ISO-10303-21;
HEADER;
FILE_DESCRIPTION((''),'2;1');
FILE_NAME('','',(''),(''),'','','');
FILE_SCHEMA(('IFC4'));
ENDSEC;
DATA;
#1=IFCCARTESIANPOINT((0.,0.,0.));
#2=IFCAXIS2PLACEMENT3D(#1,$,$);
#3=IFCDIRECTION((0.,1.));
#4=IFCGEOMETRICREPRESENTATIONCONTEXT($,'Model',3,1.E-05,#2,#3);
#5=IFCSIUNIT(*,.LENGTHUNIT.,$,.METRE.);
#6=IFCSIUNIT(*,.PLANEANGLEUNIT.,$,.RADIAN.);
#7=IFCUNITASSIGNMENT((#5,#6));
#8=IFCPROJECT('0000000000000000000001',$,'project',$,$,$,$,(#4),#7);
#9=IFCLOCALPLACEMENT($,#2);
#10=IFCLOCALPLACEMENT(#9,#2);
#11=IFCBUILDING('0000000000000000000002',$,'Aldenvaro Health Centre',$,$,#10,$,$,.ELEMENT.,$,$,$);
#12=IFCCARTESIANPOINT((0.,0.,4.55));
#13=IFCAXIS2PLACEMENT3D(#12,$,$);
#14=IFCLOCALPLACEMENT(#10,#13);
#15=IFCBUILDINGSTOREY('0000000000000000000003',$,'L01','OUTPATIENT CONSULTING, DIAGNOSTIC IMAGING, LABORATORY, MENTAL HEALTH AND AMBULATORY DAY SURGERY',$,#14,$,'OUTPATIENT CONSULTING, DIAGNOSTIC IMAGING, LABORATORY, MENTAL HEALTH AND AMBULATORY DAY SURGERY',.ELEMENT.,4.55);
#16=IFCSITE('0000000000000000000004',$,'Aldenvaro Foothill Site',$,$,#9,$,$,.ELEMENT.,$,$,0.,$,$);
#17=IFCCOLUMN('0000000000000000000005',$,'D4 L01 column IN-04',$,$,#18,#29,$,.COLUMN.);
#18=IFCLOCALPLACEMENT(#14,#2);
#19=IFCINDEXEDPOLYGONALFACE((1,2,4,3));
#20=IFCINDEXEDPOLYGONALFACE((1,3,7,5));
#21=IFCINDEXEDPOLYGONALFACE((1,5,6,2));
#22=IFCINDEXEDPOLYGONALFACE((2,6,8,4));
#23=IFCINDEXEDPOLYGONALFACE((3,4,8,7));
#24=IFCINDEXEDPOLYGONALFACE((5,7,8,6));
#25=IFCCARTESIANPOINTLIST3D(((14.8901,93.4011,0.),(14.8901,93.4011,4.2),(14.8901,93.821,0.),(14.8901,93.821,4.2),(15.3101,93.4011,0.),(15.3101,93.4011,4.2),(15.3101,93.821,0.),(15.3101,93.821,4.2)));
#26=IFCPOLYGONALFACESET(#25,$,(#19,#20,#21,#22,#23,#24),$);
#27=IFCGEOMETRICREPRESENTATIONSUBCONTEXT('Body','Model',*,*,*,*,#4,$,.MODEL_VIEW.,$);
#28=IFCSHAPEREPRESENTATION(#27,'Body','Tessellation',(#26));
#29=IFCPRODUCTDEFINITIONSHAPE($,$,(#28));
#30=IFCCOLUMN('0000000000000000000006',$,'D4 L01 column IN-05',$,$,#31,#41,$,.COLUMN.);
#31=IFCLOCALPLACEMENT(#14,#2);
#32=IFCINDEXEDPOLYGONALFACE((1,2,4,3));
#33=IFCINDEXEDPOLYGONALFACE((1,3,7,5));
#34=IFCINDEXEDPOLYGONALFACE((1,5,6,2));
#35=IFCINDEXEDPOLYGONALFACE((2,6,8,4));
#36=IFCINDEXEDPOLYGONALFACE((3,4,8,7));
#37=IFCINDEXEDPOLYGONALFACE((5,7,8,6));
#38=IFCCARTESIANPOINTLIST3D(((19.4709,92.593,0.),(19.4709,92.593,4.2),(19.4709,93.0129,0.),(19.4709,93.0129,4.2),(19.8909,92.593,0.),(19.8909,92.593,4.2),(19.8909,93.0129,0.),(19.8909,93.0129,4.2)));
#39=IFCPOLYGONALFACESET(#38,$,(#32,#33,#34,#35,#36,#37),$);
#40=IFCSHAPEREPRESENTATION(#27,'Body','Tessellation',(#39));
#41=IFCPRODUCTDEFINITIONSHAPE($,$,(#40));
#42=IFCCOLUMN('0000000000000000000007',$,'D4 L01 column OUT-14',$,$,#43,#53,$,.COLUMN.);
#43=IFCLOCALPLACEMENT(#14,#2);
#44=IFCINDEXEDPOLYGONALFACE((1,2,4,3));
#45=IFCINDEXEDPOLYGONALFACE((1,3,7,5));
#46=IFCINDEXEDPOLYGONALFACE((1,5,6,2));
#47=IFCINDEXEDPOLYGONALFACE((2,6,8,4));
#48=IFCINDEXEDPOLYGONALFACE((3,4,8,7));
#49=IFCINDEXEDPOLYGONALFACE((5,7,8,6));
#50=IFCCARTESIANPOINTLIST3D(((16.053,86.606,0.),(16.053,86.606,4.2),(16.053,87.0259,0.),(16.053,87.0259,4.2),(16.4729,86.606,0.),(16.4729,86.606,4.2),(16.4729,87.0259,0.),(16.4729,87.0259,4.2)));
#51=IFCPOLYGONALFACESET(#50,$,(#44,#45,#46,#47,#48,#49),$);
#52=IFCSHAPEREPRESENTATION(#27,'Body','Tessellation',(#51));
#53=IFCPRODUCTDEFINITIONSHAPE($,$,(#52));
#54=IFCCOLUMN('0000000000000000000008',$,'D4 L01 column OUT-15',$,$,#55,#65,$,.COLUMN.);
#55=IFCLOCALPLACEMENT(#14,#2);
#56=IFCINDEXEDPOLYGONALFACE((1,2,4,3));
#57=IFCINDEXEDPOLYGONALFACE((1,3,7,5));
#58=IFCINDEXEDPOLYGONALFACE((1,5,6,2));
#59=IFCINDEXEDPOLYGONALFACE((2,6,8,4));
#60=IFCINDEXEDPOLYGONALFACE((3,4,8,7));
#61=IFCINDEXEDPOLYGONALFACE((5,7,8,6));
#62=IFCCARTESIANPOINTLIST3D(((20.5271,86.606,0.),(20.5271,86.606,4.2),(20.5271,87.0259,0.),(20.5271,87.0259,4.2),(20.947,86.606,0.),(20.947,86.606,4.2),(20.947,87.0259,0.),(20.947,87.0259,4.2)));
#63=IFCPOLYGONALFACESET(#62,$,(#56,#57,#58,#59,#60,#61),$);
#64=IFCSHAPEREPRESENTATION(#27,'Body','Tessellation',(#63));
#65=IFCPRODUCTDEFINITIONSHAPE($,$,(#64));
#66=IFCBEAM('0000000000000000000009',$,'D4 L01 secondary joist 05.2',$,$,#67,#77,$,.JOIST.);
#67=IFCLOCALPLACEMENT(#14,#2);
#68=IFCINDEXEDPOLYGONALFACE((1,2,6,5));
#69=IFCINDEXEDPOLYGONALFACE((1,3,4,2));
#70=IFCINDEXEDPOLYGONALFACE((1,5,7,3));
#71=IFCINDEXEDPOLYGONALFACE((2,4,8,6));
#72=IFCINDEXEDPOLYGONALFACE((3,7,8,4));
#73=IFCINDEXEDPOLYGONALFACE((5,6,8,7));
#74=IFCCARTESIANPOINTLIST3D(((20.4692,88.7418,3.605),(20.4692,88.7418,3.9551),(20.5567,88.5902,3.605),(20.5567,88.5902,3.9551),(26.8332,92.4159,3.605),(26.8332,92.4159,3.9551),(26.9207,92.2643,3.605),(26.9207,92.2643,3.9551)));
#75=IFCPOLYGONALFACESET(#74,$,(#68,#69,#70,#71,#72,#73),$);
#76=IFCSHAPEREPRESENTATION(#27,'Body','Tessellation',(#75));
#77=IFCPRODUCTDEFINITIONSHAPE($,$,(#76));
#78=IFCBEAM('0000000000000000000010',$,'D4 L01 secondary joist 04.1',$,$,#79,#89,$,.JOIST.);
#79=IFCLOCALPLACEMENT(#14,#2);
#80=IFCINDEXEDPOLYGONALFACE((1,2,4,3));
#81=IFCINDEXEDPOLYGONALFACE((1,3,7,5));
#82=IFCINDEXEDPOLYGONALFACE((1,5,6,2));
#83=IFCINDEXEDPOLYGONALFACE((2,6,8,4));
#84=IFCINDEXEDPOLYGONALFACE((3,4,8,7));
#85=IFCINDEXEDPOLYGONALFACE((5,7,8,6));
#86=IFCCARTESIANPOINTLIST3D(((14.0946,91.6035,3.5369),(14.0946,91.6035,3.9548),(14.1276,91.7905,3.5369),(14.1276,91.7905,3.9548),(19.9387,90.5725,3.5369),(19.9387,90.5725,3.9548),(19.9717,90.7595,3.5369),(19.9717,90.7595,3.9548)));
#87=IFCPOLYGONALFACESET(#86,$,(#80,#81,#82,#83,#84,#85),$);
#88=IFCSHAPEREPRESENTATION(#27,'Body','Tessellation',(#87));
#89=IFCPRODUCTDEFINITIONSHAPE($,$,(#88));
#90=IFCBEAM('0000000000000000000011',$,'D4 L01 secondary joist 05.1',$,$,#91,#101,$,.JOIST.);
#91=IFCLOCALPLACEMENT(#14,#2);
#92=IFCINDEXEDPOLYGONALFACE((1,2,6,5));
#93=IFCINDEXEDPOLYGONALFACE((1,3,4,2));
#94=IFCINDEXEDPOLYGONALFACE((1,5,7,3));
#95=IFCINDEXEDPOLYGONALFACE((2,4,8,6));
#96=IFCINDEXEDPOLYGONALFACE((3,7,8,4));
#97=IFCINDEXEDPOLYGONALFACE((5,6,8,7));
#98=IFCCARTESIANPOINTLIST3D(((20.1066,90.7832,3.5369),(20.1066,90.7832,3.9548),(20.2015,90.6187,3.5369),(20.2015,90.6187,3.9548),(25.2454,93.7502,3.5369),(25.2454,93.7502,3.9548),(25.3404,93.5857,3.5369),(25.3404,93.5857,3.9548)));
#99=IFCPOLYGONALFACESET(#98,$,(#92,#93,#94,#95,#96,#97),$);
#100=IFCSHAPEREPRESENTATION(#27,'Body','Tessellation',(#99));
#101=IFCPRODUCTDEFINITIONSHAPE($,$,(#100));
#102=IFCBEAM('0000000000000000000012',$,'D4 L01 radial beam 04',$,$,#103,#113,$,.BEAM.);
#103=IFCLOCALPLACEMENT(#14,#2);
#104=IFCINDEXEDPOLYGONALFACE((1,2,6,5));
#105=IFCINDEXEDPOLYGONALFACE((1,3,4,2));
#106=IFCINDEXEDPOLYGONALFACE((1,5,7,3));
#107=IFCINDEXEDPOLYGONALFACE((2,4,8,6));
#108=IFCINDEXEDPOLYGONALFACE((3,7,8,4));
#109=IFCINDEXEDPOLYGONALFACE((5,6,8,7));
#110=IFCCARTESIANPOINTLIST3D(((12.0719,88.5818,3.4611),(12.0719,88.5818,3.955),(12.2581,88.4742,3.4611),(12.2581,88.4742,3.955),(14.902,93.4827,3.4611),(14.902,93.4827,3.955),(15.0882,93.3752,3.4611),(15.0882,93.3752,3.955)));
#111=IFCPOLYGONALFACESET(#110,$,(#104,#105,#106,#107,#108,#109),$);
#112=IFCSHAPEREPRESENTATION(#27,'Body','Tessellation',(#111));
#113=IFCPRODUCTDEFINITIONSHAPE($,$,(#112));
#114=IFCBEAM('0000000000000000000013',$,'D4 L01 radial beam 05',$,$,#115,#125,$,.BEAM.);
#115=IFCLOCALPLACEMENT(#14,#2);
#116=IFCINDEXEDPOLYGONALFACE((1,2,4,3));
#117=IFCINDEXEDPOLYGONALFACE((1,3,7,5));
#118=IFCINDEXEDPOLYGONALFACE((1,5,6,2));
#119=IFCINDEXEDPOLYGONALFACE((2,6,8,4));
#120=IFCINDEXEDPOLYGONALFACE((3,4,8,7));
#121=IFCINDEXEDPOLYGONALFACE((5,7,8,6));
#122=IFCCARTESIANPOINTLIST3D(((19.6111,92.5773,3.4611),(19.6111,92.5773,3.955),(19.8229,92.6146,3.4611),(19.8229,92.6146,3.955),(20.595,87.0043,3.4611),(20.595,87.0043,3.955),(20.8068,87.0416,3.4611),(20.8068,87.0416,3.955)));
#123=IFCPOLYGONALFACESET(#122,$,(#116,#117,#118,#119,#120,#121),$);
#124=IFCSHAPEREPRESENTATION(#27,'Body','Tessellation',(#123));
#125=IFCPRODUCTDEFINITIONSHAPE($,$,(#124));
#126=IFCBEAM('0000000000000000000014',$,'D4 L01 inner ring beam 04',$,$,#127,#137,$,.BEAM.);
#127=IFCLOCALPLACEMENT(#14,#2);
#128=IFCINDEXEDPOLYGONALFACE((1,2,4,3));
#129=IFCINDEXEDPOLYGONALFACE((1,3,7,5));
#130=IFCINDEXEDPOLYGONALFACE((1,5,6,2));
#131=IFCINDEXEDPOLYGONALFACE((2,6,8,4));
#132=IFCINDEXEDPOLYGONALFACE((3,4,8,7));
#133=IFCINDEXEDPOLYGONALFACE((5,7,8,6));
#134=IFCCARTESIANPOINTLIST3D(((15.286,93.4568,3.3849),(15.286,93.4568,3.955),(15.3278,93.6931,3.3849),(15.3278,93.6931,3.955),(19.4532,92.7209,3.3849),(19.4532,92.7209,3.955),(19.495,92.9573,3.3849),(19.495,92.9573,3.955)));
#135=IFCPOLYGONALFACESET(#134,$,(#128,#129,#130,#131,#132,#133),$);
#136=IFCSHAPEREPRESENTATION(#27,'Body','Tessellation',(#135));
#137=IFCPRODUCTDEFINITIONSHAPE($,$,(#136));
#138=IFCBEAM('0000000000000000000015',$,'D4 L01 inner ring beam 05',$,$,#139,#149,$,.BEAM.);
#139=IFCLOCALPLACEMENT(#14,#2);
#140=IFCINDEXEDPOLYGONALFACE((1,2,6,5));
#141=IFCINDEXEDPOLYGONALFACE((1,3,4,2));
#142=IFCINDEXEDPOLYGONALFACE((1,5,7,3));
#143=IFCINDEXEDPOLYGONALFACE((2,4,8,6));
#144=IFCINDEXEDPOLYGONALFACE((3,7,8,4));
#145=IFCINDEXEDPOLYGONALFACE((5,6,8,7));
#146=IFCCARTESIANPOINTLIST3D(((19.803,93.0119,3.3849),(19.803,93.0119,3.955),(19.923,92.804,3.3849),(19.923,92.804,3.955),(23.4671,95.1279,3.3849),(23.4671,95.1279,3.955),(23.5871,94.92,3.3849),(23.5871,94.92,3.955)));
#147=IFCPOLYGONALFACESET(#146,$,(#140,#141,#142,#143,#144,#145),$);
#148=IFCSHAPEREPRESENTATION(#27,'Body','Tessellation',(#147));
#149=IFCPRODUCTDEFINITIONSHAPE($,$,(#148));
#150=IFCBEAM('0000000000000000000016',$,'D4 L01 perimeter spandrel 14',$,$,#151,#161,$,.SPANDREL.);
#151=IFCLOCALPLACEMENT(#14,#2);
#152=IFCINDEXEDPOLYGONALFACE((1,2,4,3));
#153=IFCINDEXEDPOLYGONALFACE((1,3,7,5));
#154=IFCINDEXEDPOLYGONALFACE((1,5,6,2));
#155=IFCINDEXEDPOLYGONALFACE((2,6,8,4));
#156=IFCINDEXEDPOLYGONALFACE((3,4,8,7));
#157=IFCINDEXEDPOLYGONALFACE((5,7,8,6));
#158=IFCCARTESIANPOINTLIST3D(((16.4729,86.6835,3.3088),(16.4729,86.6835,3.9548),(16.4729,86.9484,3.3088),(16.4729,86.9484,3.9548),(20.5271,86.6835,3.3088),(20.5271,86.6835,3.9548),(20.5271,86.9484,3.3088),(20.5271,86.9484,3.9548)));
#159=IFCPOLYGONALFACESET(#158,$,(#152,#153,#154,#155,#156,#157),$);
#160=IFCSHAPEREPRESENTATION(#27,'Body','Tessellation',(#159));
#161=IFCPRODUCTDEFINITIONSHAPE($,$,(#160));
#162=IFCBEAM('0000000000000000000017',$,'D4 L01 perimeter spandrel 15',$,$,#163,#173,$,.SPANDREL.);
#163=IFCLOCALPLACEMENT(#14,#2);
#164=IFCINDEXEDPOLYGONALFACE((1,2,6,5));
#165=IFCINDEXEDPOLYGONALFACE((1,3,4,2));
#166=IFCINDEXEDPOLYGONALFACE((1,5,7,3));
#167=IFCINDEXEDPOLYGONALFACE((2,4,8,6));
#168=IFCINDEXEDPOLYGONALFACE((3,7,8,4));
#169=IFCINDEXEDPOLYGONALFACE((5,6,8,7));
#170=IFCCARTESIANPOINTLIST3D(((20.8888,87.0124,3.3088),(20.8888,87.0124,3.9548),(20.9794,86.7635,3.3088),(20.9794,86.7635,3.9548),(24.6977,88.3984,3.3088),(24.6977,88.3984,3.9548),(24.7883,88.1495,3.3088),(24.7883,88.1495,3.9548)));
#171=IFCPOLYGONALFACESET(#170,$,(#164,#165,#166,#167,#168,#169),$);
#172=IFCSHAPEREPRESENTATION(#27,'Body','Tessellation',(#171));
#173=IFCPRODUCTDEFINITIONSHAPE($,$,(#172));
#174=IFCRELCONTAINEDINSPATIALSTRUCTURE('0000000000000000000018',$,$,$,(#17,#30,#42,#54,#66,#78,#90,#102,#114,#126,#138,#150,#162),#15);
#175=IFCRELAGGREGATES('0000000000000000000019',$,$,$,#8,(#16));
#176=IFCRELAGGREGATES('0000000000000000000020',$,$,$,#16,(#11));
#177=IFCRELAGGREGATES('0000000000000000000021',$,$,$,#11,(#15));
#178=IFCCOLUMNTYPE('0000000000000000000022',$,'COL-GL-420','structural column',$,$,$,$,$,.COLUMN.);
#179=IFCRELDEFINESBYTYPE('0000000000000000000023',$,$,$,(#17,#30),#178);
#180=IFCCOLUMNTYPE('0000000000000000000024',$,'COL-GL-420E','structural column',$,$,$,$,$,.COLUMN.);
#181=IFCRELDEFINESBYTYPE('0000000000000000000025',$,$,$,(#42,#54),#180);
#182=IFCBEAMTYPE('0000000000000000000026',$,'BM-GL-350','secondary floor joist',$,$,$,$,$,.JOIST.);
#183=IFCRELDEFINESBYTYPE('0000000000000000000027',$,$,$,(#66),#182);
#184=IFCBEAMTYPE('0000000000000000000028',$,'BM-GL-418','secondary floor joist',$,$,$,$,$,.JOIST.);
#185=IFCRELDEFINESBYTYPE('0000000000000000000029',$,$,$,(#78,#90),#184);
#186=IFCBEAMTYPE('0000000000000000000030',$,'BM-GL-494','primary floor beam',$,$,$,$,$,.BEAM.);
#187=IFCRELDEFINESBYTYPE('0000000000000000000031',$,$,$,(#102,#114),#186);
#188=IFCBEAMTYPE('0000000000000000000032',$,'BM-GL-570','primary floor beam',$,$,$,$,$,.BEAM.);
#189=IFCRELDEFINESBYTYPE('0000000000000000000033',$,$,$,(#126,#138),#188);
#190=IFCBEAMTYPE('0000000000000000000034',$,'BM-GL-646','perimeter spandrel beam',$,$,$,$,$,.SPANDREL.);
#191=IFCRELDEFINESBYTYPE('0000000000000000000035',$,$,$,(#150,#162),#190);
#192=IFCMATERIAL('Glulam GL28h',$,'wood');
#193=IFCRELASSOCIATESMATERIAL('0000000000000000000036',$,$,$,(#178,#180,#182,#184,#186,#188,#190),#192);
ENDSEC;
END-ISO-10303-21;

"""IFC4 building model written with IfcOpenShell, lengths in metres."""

from ifc_helpers import new_model, si_unit, direction, frame, origin, origin_2d, place, context, subcontext, project, spatial, rectangle, extrude, material, material_profile, profile_set, type_object, element, save


model = new_model("IFC4")

# Units and contexts
model_context = context("Model", 3, precision=1e-05, world=origin(), true_north=direction((0.0, 1.0)))
body_context = subcontext(model_context, "Body", "Model", "MODEL_VIEW")
ifc_project = project(units=[si_unit("LENGTHUNIT", "METRE"), si_unit("PLANEANGLEUNIT", "RADIAN")], contexts=[model_context])

# Site, building, storey
site_placement = place(None, origin())
site = spatial("IfcSite", under=ifc_project, at=site_placement, Name="Aldenvaro Foothill Site", CompositionType="ELEMENT", RefElevation=0.0)
building_placement = place(site_placement, origin())
building = spatial("IfcBuilding", under=site, at=building_placement, Name="Aldenvaro Health Centre", CompositionType="ELEMENT")
storey_placement = place(building_placement, frame((0.0, 0.0, 4.55)))
storey = spatial("IfcBuildingStorey", under=building, at=storey_placement, Name="L01", Description="OUTPATIENT CONSULTING, DIAGNOSTIC IMAGING, LABORATORY, MENTAL HEALTH AND AMBULATORY DAY SURGERY", LongName="OUTPATIENT CONSULTING, DIAGNOSTIC IMAGING, LABORATORY, MENTAL HEALTH AND AMBULATORY DAY SURGERY", CompositionType="ELEMENT", Elevation=4.55)

# Columns
ifc_material_1 = material(Name="Glulam GL28h", Category="wood")
ifc_material_profile_1 = material_profile(ifc_material_1, rectangle(XDim=0.4199, YDim=0.4199, at=origin_2d()), Name="GL 420x420", Category="wood")
ifc_profile_set_1 = profile_set([ifc_material_profile_1], Name="Glulam GL28h")
column_type_1 = type_object("IfcColumnType", Name="COL-GL-420", Description="structural column", PredefinedType="COLUMN", material=ifc_profile_set_1)
for number, where, z_axis, x_axis, name in (
    (1, (15.1001, 93.6111, 0.0), (0.0, 0.0, 1.0), (1.0, 0.0, 0.0), "D4 L01 column IN-04"),
    (2, (19.6809, 92.803, 0.0), (0.0, 0.0, 1.0), (1.0, 0.0, 0.0), "D4 L01 column IN-05"),
):
    element("IfcColumn", number, at=place(storey_placement, frame(where, z_axis=z_axis, x_axis=x_axis)), inside=storey, type_object=column_type_1, Name=name, PredefinedType="COLUMN", context=body_context, shape_type="SweptSolid", body=[
        extrude(rectangle(XDim=0.4199, YDim=0.4199, at=origin_2d()), origin(), (0.0, 0.0, 1.0), 4.2),
    ])
ifc_material_profile_2 = material_profile(ifc_material_1, rectangle(XDim=0.4199, YDim=0.4199, at=origin_2d()), Name="GL 420x420", Category="wood")
ifc_profile_set_2 = profile_set([ifc_material_profile_2], Name="Glulam GL28h")
column_type_2 = type_object("IfcColumnType", Name="COL-GL-420E", Description="structural column", PredefinedType="COLUMN", material=ifc_profile_set_2)
for number, where, z_axis, x_axis, name in (
    (3, (16.2629, 86.8159, 0.0), (0.0, 0.0, 1.0), (1.0, 0.0, 0.0), "D4 L01 column OUT-14"),
    (4, (20.7371, 86.8159, 0.0), (0.0, 0.0, 1.0), (1.0, 0.0, 0.0), "D4 L01 column OUT-15"),
):
    element("IfcColumn", number, at=place(storey_placement, frame(where, z_axis=z_axis, x_axis=x_axis)), inside=storey, type_object=column_type_2, Name=name, PredefinedType="COLUMN", context=body_context, shape_type="SweptSolid", body=[
        extrude(rectangle(XDim=0.4199, YDim=0.4199, at=origin_2d()), origin(), (0.0, 0.0, 1.0), 4.2),
    ])

# Beams
ifc_material_profile_3 = material_profile(ifc_material_1, rectangle(XDim=0.175, YDim=0.3501, at=origin_2d()), Name="GL 175x350", Category="wood")
ifc_profile_set_3 = profile_set([ifc_material_profile_3], Name="Glulam GL28h")
beam_type_1 = type_object("IfcBeamType", Name="BM-GL-350", Description="secondary floor joist", PredefinedType="JOIST", material=ifc_profile_set_3)
beam_1_placement = place(storey_placement, frame((20.5129, 88.666, 3.78), z_axis=(0.866037, 0.49998, 0.0), x_axis=(-0.49998, 0.866037, 0.0)))
element("IfcBeam", 5, at=beam_1_placement, inside=storey, type_object=beam_type_1, Name="D4 L01 secondary joist 05.2", PredefinedType="JOIST", context=body_context, shape_type="SweptSolid", body=[
    extrude(rectangle(XDim=0.175, YDim=0.3501, at=origin_2d()), origin(), (0.0, 0.0, 1.0), 7.3484),
])
ifc_material_profile_4 = material_profile(ifc_material_1, rectangle(XDim=0.1899, YDim=0.418, at=origin_2d()), Name="GL 190x418", Category="wood")
ifc_profile_set_4 = profile_set([ifc_material_profile_4], Name="Glulam GL28h")
beam_type_2 = type_object("IfcBeamType", Name="BM-GL-418", Description="secondary floor joist", PredefinedType="JOIST", material=ifc_profile_set_4)
beam_2_placement = place(storey_placement, frame((14.1111, 91.697, 3.7458), z_axis=(0.984792, -0.173738, 0.0), x_axis=(0.173738, 0.984792, 0.0)))
element("IfcBeam", 6, at=beam_2_placement, inside=storey, type_object=beam_type_2, Name="D4 L01 secondary joist 04.1", PredefinedType="JOIST", context=body_context, shape_type="SweptSolid", body=[
    extrude(rectangle(XDim=0.1899, YDim=0.418, at=origin_2d()), origin(), (0.0, 0.0, 1.0), 5.9343),
])
beam_3_placement = place(storey_placement, frame((20.1541, 90.7009, 3.7458), z_axis=(0.866019, 0.500011, 0.0), x_axis=(-0.500011, 0.866019, 0.0)))
element("IfcBeam", 7, at=beam_3_placement, inside=storey, type_object=beam_type_2, Name="D4 L01 secondary joist 05.1", PredefinedType="JOIST", context=body_context, shape_type="SweptSolid", body=[
    extrude(rectangle(XDim=0.1899, YDim=0.418, at=origin_2d()), origin(), (0.0, 0.0, 1.0), 5.9338),
])
ifc_material_profile_5 = material_profile(ifc_material_1, rectangle(XDim=0.2151, YDim=0.4939, at=origin_2d()), Name="GL 215x494", Category="wood")
ifc_profile_set_5 = profile_set([ifc_material_profile_5], Name="Glulam GL28h")
beam_type_3 = type_object("IfcBeamType", Name="BM-GL-494", Description="primary floor beam", PredefinedType="BEAM", material=ifc_profile_set_5)
beam_4_placement = place(storey_placement, frame((14.9951, 93.429, 3.708), z_axis=(-0.500073, -0.865983, 0.0), x_axis=(0.865983, -0.500073, 0.0)))
element("IfcBeam", 8, at=beam_4_placement, inside=storey, type_object=beam_type_3, Name="D4 L01 radial beam 04", PredefinedType="BEAM", context=body_context, shape_type="SweptSolid", body=[
    extrude(rectangle(XDim=0.2151, YDim=0.4939, at=origin_2d()), origin(), (0.0, 0.0, 1.0), 5.6594),
])
beam_5_placement = place(storey_placement, frame((19.717, 92.5959, 3.708), z_axis=(0.173857, -0.984771, 0.0), x_axis=(0.984771, 0.173857, 0.0)))
element("IfcBeam", 9, at=beam_5_placement, inside=storey, type_object=beam_type_3, Name="D4 L01 radial beam 05", PredefinedType="BEAM", context=body_context, shape_type="SweptSolid", body=[
    extrude(rectangle(XDim=0.2151, YDim=0.4939, at=origin_2d()), origin(), (0.0, 0.0, 1.0), 5.6592),
])
ifc_material_profile_6 = material_profile(ifc_material_1, rectangle(XDim=0.24, YDim=0.5701, at=origin_2d()), Name="GL 240x570", Category="wood")
ifc_profile_set_6 = profile_set([ifc_material_profile_6], Name="Glulam GL28h")
beam_type_4 = type_object("IfcBeamType", Name="BM-GL-570", Description="primary floor beam", PredefinedType="BEAM", material=ifc_profile_set_6)
beam_6_placement = place(storey_placement, frame((15.3069, 93.575, 3.6699), z_axis=(0.984766, -0.173887, 0.0), x_axis=(0.173887, 0.984766, 0.0)))
element("IfcBeam", 10, at=beam_6_placement, inside=storey, type_object=beam_type_4, Name="D4 L01 inner ring beam 04", PredefinedType="BEAM", context=body_context, shape_type="SweptSolid", body=[
    extrude(rectangle(XDim=0.24, YDim=0.5701, at=origin_2d()), origin(), (0.0, 0.0, 1.0), 4.2317),
])
beam_7_placement = place(storey_placement, frame((19.863, 92.908, 3.6699), z_axis=(0.865972, 0.500092, 0.0), x_axis=(-0.500092, 0.865972, 0.0)))
element("IfcBeam", 11, at=beam_7_placement, inside=storey, type_object=beam_type_4, Name="D4 L01 inner ring beam 05", PredefinedType="BEAM", context=body_context, shape_type="SweptSolid", body=[
    extrude(rectangle(XDim=0.24, YDim=0.5701, at=origin_2d()), origin(), (0.0, 0.0, 1.0), 4.2312),
])
ifc_material_profile_7 = material_profile(ifc_material_1, rectangle(XDim=0.2649, YDim=0.646, at=origin_2d()), Name="GL 265x646", Category="wood")
ifc_profile_set_7 = profile_set([ifc_material_profile_7], Name="Glulam GL28h")
beam_type_5 = type_object("IfcBeamType", Name="BM-GL-646", Description="perimeter spandrel beam", PredefinedType="SPANDREL", material=ifc_profile_set_7)
beam_8_placement = place(storey_placement, frame((16.4729, 86.8159, 3.6318), z_axis=(1.0, 0.0, 0.0), x_axis=(0.0, 1.0, 0.0)))
element("IfcBeam", 12, at=beam_8_placement, inside=storey, type_object=beam_type_5, Name="D4 L01 perimeter spandrel 14", PredefinedType="SPANDREL", context=body_context, shape_type="SweptSolid", body=[
    extrude(rectangle(XDim=0.2649, YDim=0.646, at=origin_2d()), origin(), (0.0, 0.0, 1.0), 4.0542),
])
beam_9_placement = place(storey_placement, frame((20.9341, 86.8879, 3.6318), z_axis=(0.939718, 0.341951, 0.0), x_axis=(-0.341951, 0.939718, 0.0)))
element("IfcBeam", 13, at=beam_9_placement, inside=storey, type_object=beam_type_5, Name="D4 L01 perimeter spandrel 15", PredefinedType="SPANDREL", context=body_context, shape_type="SweptSolid", body=[
    extrude(rectangle(XDim=0.2649, YDim=0.646, at=origin_2d()), origin(), (0.0, 0.0, 1.0), 4.0532),
])

save(model, "model.ifc")
